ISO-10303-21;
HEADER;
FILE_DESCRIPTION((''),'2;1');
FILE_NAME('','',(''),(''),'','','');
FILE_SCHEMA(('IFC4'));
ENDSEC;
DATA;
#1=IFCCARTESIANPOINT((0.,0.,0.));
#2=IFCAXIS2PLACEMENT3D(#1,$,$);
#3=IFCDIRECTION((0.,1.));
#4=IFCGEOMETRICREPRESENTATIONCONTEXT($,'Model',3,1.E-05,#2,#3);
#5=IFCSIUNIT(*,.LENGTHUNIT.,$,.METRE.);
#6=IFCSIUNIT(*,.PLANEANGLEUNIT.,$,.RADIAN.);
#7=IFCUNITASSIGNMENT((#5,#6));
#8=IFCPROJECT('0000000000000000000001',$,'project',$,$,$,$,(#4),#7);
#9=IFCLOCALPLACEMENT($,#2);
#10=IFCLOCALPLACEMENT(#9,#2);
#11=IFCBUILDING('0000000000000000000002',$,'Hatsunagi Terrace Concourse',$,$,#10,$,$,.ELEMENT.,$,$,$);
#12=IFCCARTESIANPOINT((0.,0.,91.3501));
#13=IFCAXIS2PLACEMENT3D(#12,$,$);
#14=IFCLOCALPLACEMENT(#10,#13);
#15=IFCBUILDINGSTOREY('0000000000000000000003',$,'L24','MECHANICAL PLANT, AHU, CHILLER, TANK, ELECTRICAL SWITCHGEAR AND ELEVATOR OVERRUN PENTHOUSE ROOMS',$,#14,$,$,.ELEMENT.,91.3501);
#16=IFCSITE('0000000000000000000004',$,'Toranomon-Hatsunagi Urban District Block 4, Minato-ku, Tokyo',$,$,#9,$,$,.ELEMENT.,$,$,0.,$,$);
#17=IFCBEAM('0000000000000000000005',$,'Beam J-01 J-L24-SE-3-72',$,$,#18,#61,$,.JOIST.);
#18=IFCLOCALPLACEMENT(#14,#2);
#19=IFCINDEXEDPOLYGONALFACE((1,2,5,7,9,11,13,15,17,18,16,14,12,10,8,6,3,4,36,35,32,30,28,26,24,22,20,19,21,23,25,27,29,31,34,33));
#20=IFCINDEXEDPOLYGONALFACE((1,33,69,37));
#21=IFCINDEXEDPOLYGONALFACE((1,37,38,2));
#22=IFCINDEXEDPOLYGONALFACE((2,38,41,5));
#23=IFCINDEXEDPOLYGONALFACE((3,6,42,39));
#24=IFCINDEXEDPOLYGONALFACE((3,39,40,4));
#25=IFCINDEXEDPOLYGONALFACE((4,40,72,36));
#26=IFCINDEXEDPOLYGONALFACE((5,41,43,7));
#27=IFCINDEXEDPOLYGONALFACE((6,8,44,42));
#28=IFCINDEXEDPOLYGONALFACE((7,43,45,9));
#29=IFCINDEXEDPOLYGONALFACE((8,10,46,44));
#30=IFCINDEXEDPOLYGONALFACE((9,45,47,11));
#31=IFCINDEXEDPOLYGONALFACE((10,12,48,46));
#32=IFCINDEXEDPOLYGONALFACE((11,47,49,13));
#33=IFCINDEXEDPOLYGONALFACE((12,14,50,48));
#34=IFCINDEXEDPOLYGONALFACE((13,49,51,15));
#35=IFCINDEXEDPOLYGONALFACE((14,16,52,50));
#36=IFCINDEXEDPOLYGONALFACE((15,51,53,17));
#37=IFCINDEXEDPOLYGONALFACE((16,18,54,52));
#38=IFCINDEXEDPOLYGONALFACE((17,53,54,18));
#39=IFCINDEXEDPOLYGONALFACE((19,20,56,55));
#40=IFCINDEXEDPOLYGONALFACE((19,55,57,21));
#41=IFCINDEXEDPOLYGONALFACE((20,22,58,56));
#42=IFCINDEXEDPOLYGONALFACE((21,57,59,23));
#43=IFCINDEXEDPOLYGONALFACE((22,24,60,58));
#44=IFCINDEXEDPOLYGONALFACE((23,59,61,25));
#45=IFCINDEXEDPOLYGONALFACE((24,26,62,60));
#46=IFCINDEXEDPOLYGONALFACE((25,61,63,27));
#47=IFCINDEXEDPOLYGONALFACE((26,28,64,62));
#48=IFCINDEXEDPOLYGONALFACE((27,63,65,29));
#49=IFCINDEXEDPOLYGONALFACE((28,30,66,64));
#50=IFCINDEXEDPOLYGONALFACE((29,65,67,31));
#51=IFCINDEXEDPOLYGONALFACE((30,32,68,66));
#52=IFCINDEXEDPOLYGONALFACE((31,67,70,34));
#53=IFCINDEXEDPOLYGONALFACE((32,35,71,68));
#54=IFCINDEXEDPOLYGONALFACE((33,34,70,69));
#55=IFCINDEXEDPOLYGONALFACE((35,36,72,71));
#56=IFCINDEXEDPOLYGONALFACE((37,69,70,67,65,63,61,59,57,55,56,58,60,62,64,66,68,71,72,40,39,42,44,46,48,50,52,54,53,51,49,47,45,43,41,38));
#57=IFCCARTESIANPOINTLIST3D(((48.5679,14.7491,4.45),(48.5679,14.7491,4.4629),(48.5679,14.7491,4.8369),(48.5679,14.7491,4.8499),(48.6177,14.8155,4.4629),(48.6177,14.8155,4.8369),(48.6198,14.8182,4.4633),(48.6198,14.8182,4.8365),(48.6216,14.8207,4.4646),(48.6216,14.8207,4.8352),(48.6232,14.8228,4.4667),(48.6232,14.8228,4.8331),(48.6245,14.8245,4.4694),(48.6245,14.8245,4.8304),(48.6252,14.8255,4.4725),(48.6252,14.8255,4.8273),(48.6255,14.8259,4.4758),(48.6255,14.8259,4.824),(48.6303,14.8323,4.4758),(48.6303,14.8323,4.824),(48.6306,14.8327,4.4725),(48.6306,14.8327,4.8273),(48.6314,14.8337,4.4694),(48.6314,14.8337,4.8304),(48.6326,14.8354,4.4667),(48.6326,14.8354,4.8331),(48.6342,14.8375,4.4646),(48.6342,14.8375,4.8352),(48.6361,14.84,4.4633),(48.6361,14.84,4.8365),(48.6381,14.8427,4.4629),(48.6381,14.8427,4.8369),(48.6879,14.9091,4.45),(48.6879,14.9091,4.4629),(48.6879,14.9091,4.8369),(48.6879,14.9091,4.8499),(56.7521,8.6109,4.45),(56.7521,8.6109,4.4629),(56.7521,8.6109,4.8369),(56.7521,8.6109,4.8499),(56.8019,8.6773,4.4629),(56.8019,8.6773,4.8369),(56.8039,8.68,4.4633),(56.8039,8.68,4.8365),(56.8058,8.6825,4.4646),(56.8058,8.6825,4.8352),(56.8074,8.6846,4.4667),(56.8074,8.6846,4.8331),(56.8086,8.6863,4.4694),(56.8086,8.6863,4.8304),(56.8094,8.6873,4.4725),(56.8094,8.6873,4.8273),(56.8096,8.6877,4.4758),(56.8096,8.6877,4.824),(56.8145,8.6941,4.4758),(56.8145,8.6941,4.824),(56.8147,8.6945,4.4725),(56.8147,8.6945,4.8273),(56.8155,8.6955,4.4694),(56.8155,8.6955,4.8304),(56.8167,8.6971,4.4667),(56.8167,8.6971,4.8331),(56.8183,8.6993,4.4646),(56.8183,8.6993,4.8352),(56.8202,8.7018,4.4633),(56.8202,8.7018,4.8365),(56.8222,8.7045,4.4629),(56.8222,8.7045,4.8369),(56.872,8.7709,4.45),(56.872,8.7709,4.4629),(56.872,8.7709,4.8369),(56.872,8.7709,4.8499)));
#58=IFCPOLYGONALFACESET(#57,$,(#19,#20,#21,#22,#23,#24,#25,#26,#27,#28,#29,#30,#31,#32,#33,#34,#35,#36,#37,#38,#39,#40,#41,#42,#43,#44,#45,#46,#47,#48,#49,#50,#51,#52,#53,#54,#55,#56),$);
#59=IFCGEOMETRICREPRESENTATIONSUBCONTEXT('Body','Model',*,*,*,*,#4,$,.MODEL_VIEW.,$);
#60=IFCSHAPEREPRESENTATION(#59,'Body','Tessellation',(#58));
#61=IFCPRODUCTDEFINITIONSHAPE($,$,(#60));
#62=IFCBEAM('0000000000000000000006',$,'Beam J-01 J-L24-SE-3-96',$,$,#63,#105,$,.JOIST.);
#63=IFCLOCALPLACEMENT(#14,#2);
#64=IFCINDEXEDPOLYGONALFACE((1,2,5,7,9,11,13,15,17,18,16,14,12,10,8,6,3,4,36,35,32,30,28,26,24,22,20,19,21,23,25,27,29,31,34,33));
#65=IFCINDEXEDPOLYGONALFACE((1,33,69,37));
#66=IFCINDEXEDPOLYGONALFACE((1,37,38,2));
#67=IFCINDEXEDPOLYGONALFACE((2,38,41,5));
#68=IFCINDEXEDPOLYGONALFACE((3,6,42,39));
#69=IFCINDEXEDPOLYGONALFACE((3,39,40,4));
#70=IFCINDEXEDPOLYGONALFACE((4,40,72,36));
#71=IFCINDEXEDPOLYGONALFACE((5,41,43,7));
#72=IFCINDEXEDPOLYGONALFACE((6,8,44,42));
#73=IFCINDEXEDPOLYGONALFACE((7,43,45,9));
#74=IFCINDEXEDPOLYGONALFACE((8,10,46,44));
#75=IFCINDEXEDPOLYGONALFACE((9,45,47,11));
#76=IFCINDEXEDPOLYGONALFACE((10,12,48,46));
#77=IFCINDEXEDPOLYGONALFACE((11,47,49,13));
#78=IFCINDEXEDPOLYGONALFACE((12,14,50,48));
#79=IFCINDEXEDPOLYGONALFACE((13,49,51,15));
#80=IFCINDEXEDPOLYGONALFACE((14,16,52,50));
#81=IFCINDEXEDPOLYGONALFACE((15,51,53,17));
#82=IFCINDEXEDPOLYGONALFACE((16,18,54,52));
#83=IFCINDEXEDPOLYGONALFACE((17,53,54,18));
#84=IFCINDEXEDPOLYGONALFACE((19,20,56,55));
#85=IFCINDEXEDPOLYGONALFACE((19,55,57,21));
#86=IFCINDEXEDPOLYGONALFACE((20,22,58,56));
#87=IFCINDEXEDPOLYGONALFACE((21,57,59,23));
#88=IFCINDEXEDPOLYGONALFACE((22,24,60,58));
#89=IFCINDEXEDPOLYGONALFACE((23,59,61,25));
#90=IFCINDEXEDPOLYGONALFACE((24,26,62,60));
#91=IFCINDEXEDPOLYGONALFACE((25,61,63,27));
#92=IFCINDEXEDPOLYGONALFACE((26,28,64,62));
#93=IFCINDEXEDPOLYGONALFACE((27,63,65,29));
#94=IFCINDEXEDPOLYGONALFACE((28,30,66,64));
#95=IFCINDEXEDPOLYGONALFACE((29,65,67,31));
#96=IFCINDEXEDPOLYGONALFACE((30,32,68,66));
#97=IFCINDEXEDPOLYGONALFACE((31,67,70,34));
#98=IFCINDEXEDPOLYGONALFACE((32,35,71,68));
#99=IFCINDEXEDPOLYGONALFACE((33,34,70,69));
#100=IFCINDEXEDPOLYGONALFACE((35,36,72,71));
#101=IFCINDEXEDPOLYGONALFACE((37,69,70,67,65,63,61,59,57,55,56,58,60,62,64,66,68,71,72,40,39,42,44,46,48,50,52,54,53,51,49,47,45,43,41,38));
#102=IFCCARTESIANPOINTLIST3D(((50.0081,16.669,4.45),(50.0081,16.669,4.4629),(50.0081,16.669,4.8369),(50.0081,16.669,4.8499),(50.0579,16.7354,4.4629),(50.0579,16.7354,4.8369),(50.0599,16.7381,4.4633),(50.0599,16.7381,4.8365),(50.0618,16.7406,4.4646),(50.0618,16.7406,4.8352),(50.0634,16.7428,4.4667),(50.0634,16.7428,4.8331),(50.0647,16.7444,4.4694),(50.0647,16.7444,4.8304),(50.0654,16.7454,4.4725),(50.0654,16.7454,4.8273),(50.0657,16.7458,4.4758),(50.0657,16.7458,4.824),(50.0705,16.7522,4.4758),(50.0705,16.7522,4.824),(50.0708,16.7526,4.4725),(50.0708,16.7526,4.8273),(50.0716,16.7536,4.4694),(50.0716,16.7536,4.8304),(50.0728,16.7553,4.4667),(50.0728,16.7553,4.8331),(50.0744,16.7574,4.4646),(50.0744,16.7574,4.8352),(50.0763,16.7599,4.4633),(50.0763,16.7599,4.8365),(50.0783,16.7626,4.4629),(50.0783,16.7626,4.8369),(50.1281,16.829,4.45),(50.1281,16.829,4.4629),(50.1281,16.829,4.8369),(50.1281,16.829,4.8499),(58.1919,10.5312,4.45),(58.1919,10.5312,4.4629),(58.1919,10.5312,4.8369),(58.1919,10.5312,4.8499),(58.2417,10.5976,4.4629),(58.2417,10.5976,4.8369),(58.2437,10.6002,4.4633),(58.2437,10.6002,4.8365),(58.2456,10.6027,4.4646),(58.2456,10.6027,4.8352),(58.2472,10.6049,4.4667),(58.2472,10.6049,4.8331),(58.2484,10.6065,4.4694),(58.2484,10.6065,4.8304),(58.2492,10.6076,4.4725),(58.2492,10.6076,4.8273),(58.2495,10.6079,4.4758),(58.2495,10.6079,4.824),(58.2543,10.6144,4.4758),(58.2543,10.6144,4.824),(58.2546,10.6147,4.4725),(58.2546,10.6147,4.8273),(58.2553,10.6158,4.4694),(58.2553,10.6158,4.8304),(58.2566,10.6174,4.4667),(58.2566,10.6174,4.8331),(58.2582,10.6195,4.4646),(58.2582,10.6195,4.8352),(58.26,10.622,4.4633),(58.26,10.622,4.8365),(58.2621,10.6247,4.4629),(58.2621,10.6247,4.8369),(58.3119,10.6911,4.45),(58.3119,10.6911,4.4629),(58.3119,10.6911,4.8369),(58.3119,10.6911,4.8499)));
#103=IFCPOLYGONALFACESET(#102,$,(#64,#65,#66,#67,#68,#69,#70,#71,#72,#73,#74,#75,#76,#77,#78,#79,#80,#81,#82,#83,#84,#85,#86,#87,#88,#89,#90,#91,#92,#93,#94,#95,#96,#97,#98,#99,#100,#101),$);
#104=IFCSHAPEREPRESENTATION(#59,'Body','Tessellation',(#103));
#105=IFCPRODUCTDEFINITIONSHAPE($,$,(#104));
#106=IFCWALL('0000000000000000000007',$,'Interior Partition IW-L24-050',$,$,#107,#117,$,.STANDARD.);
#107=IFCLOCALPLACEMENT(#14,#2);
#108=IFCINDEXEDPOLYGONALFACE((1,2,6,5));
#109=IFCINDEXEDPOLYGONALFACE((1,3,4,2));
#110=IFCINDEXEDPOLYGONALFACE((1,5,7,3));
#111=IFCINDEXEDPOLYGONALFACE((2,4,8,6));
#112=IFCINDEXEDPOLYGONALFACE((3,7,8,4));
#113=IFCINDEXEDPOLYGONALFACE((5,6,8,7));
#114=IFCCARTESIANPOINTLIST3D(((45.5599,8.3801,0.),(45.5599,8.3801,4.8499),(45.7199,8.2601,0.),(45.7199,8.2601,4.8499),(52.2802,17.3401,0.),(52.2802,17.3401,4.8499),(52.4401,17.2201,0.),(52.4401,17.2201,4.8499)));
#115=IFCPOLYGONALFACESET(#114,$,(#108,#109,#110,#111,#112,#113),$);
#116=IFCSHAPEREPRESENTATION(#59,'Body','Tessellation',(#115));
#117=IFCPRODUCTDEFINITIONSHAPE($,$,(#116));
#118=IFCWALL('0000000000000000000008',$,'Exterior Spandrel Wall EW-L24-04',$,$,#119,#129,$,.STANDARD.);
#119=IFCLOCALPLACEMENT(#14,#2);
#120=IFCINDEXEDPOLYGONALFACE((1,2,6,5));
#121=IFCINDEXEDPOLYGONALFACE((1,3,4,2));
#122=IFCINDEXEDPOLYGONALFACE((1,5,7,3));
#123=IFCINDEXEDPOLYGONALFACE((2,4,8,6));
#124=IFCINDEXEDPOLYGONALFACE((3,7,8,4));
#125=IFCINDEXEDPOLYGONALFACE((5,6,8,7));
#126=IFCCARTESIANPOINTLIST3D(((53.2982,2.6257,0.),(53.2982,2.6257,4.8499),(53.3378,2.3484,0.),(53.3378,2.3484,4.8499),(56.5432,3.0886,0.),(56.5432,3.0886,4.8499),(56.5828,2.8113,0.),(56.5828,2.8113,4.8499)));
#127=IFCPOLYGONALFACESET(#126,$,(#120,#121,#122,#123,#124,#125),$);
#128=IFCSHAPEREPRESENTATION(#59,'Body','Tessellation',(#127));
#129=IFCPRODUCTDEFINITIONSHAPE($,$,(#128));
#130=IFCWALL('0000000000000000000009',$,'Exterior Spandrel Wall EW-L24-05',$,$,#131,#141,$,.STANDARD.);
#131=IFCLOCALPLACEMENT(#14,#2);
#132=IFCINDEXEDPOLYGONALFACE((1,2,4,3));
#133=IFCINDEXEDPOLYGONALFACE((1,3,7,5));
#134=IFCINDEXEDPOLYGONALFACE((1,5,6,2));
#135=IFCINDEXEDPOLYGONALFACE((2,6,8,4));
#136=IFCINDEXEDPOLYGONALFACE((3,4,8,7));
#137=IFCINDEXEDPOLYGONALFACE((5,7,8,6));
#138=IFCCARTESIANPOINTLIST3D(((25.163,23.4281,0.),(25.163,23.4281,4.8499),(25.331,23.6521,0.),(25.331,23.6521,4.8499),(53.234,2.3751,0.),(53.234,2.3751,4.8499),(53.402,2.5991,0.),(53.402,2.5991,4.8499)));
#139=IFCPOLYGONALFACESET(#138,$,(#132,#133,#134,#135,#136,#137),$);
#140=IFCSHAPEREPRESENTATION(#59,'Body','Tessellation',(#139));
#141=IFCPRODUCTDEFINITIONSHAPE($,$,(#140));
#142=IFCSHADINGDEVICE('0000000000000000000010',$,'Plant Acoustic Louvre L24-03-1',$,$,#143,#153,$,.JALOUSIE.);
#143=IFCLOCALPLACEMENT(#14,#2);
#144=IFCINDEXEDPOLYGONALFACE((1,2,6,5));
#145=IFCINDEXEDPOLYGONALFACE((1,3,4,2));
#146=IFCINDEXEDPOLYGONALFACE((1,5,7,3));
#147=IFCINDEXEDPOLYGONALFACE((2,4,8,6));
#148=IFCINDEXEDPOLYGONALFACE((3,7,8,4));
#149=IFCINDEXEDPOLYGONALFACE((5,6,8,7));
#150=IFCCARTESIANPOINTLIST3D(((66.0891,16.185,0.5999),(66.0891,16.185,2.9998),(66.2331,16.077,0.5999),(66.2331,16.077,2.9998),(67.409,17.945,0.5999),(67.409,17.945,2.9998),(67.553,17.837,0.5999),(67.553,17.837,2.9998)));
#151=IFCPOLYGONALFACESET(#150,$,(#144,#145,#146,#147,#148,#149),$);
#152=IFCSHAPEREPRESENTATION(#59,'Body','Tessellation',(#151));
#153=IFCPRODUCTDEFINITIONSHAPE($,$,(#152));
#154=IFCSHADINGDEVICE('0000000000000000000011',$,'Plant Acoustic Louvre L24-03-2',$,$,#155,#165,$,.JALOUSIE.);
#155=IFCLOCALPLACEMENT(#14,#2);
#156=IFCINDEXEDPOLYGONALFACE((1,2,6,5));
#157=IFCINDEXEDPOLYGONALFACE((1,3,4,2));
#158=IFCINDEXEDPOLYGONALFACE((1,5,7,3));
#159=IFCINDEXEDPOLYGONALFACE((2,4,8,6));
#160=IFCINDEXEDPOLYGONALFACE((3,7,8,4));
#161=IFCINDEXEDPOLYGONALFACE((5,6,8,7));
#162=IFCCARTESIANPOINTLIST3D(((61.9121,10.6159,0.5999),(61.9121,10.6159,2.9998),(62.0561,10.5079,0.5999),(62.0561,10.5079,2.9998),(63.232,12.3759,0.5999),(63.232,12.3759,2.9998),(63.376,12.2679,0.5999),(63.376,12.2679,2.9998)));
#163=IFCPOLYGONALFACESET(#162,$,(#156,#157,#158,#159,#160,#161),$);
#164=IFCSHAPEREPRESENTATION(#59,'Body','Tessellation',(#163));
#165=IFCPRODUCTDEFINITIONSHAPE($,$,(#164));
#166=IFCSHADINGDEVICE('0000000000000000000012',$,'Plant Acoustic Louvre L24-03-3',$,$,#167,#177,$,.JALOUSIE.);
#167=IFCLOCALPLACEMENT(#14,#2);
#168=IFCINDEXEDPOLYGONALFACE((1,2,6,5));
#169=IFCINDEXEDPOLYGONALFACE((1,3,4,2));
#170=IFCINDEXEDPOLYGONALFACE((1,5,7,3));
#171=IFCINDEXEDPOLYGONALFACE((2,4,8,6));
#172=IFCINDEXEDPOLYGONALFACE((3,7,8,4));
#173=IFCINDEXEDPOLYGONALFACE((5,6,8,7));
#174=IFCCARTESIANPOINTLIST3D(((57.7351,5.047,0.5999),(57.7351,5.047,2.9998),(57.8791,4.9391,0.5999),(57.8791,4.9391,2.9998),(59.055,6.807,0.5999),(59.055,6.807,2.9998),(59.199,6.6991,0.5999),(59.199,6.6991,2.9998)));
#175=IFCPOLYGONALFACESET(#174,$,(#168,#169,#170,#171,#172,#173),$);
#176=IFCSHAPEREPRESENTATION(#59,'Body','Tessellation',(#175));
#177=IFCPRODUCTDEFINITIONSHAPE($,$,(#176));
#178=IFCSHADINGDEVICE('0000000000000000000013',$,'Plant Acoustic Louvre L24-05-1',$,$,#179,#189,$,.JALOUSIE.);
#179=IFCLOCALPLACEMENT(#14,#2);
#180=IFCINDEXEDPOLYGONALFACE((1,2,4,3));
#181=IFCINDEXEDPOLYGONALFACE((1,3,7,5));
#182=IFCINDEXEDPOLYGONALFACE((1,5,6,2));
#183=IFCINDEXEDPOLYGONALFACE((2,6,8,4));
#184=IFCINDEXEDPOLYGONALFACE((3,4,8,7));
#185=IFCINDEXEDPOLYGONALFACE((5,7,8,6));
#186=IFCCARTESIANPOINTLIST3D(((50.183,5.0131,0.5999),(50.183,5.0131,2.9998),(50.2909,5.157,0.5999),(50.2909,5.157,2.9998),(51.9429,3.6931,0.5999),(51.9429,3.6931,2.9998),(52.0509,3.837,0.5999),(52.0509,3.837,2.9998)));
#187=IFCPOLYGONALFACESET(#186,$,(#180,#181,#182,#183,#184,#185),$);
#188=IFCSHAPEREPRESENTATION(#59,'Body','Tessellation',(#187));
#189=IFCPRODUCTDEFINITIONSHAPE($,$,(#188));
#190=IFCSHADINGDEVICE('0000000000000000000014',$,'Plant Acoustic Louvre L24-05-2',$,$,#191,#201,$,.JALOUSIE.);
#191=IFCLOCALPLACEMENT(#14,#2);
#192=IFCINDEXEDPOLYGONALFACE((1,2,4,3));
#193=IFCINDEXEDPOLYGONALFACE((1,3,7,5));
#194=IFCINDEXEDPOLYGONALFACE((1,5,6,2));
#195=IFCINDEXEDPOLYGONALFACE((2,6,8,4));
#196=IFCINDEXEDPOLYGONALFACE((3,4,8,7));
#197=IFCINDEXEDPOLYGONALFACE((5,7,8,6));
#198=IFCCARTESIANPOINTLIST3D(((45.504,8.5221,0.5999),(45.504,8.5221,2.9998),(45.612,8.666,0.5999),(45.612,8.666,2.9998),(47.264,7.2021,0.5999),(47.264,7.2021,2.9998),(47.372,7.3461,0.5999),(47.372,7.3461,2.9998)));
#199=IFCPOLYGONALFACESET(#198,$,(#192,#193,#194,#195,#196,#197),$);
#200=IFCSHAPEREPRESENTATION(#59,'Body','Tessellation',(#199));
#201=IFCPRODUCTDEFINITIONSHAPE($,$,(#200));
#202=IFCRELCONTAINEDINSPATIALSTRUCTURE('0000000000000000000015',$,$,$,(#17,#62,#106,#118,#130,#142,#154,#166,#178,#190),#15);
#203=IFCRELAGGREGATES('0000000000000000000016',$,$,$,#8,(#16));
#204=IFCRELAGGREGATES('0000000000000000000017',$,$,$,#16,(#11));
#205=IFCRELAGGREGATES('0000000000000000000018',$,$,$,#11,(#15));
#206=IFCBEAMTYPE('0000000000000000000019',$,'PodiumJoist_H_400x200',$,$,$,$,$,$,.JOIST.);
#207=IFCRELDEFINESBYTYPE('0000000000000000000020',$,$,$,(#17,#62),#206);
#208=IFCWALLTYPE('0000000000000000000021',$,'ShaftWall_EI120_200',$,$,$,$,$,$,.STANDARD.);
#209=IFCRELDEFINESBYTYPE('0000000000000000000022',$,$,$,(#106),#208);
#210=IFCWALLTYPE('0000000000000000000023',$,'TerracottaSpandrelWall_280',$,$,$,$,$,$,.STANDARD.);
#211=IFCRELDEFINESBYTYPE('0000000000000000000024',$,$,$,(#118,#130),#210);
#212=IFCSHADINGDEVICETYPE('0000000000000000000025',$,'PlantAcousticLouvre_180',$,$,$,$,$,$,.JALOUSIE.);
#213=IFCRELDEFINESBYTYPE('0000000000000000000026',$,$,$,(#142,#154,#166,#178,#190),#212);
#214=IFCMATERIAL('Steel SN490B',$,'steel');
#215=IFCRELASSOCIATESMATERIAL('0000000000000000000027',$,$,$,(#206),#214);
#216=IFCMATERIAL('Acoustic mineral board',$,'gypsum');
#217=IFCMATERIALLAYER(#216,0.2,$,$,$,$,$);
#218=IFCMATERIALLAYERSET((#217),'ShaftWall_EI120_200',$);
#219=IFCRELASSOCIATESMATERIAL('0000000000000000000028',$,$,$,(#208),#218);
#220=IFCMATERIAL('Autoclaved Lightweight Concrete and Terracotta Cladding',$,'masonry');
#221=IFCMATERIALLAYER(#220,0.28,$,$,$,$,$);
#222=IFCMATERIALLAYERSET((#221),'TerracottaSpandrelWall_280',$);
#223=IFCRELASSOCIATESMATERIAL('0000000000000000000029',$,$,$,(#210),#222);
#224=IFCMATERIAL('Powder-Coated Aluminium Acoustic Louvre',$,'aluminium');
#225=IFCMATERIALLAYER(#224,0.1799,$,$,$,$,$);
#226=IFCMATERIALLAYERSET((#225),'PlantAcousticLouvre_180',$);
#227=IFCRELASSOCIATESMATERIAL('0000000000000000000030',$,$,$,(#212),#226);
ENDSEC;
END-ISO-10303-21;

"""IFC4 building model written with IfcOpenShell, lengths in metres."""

from ifc_helpers import new_model, si_unit, direction, frame, frame_2d, origin, origin_2d, place, context, subcontext, project, spatial, rectangle, i_section, extrude, material, layer, layer_set, material_profile, profile_set, type_object, element, save


model = new_model("IFC4")

# Units and contexts
model_context = context("Model", 3, precision=1e-05, world=origin(), true_north=direction((0.0, 1.0)))
body_context = subcontext(model_context, "Body", "Model", "MODEL_VIEW")
ifc_project = project(units=[si_unit("LENGTHUNIT", "METRE"), si_unit("PLANEANGLEUNIT", "RADIAN")], contexts=[model_context])

# Site, building, storey
site_placement = place(None, origin())
site = spatial("IfcSite", under=ifc_project, at=site_placement, Name="Toranomon-Hatsunagi Urban District Block 4, Minato-ku, Tokyo", CompositionType="ELEMENT", RefElevation=0.0)
building_placement = place(site_placement, origin())
building = spatial("IfcBuilding", under=site, at=building_placement, Name="Hatsunagi Terrace Concourse", CompositionType="ELEMENT")
storey_placement = place(building_placement, frame((0.0, 0.0, 91.3501)))
storey = spatial("IfcBuildingStorey", under=building, at=storey_placement, Name="L24", Description="MECHANICAL PLANT, AHU, CHILLER, TANK, ELECTRICAL SWITCHGEAR AND ELEVATOR OVERRUN PENTHOUSE ROOMS", CompositionType="ELEMENT", Elevation=91.3501)

# Beams
ifc_material_1 = material(Name="Steel SN490B", Category="steel")
ifc_material_profile_1 = material_profile(ifc_material_1, i_section(OverallWidth=0.2, OverallDepth=0.3999, WebThickness=0.0081, FlangeThickness=0.0129, FilletRadius=0.0129, at=origin_2d()), Name="H-400x200x8x13")
ifc_profile_set_1 = profile_set([ifc_material_profile_1], Name="Steel SN490B")
beam_type_1 = type_object("IfcBeamType", Name="PodiumJoist_H_400x200", PredefinedType="JOIST", material=ifc_profile_set_1)
beam_1_placement = place(storey_placement, frame((48.6279, 14.8291, 4.6499), z_axis=(0.799994, -0.600008, 0.0), x_axis=(0.600008, 0.799994, 0.0)))
element("IfcBeam", 1, at=beam_1_placement, inside=storey, type_object=beam_type_1, Name="Beam J-01 J-L24-SE-3-72", PredefinedType="JOIST", context=body_context, shape_type="SweptSolid", body=[
    extrude(i_section(OverallWidth=0.2, OverallDepth=0.3999, WebThickness=0.0081, FlangeThickness=0.0129, FilletRadius=0.0129, at=origin_2d()), origin(), (0.0, 0.0, 1.0), 10.2302),
])
beam_2_placement = place(storey_placement, frame((50.0681, 16.749, 4.6499), z_axis=(0.799997, -0.600004, 0.0), x_axis=(0.600004, 0.799997, 0.0)))
element("IfcBeam", 2, at=beam_2_placement, inside=storey, type_object=beam_type_1, Name="Beam J-01 J-L24-SE-3-96", PredefinedType="JOIST", context=body_context, shape_type="SweptSolid", body=[
    extrude(i_section(OverallWidth=0.2, OverallDepth=0.3999, WebThickness=0.0081, FlangeThickness=0.0129, FilletRadius=0.0129, at=origin_2d()), origin(), (0.0, 0.0, 1.0), 10.2297),
])

# Walls
ifc_material_2 = material(Name="Acoustic mineral board", Category="gypsum")
ifc_layer_1 = layer(ifc_material_2, 0.2)
ifc_layer_set_1 = layer_set([ifc_layer_1], Name="ShaftWall_EI120_200")
wall_type_1 = type_object("IfcWallType", Name="ShaftWall_EI120_200", PredefinedType="STANDARD", material=ifc_layer_set_1)
wall_1_placement = place(storey_placement, frame((45.6399, 8.3201, 0.0), z_axis=(0.0, 0.0, 1.0), x_axis=(0.600014, 0.79999, 0.0)))
element("IfcWall", 3, at=wall_1_placement, inside=storey, type_object=wall_type_1, Name="Interior Partition IW-L24-050", PredefinedType="STANDARD", context=body_context, shape_type="SweptSolid", body=[
    extrude(rectangle(XDim=11.2002, YDim=0.2, at=frame_2d((5.6001, 0.0))), origin(), (0.0, 0.0, 1.0), 4.8499),
])
ifc_material_3 = material(Name="Autoclaved Lightweight Concrete and Terracotta Cladding", Category="masonry")
ifc_layer_2 = layer(ifc_material_3, 0.28)
ifc_layer_set_2 = layer_set([ifc_layer_2], Name="TerracottaSpandrelWall_280")
wall_type_2 = type_object("IfcWallType", Name="TerracottaSpandrelWall_280", PredefinedType="STANDARD", material=ifc_layer_set_2)
wall_2_placement = place(storey_placement, frame((56.563, 2.95, 0.0), z_axis=(0.0, 0.0, 1.0), x_axis=(-0.989978, -0.141223, 0.0)))
element("IfcWall", 4, at=wall_2_placement, inside=storey, type_object=wall_type_2, Name="Exterior Spandrel Wall EW-L24-04", PredefinedType="STANDARD", context=body_context, shape_type="SweptSolid", body=[
    extrude(rectangle(XDim=3.2778, YDim=0.28, at=frame_2d((1.6389, 0.0))), origin(), (0.0, 0.0, 1.0), 4.8499),
])
wall_3_placement = place(storey_placement, frame((53.3181, 2.4871, 0.0), z_axis=(0.0, 0.0, 1.0), x_axis=(-0.800004, 0.599994, 0.0)))
element("IfcWall", 5, at=wall_3_placement, inside=storey, type_object=wall_type_2, Name="Exterior Spandrel Wall EW-L24-05", PredefinedType="STANDARD", context=body_context, shape_type="SweptSolid", body=[
    extrude(rectangle(XDim=35.0886, YDim=0.28, at=frame_2d((17.5444, 0.0))), origin(), (0.0, 0.0, 1.0), 4.8499),
])

# Shading devices
ifc_material_4 = material(Name="Powder-Coated Aluminium Acoustic Louvre", Category="aluminium")
ifc_layer_3 = layer(ifc_material_4, 0.1799)
ifc_layer_set_3 = layer_set([ifc_layer_3], Name="PlantAcousticLouvre_180")
shading_device_type = type_object("IfcShadingDeviceType", Name="PlantAcousticLouvre_180", PredefinedType="JALOUSIE", material=ifc_layer_set_3)
for number, where, z_axis, x_axis, name in (
    (6, (66.821, 17.011, 0.5999), (0.0, 0.0, 1.0), (-0.599969, -0.800023, 0.0), "Plant Acoustic Louvre L24-03-1"),
    (7, (62.644, 11.4419, 0.5999), (0.0, 0.0, 1.0), (-0.599969, -0.800023, 0.0), "Plant Acoustic Louvre L24-03-2"),
    (8, (58.467, 5.873, 0.5999), (0.0, 0.0, 1.0), (-0.599969, -0.800023, 0.0), "Plant Acoustic Louvre L24-03-3"),
    (9, (51.1169, 4.425, 0.5999), (0.0, 0.0, 1.0), (-0.800003, 0.599996, 0.0), "Plant Acoustic Louvre L24-05-1"),
    (10, (46.438, 7.9341, 0.5999), (0.0, 0.0, 1.0), (-0.800003, 0.599996, 0.0), "Plant Acoustic Louvre L24-05-2"),
):
    element("IfcShadingDevice", number, at=place(storey_placement, frame(where, z_axis=z_axis, x_axis=x_axis)), inside=storey, type_object=shading_device_type, Name=name, PredefinedType="JALOUSIE", context=body_context, shape_type="SweptSolid", body=[
        extrude(rectangle(XDim=2.2, YDim=0.1799, at=origin_2d()), origin(), (0.0, 0.0, 1.0), 2.3999),
    ])

save(model, "model.ifc")
